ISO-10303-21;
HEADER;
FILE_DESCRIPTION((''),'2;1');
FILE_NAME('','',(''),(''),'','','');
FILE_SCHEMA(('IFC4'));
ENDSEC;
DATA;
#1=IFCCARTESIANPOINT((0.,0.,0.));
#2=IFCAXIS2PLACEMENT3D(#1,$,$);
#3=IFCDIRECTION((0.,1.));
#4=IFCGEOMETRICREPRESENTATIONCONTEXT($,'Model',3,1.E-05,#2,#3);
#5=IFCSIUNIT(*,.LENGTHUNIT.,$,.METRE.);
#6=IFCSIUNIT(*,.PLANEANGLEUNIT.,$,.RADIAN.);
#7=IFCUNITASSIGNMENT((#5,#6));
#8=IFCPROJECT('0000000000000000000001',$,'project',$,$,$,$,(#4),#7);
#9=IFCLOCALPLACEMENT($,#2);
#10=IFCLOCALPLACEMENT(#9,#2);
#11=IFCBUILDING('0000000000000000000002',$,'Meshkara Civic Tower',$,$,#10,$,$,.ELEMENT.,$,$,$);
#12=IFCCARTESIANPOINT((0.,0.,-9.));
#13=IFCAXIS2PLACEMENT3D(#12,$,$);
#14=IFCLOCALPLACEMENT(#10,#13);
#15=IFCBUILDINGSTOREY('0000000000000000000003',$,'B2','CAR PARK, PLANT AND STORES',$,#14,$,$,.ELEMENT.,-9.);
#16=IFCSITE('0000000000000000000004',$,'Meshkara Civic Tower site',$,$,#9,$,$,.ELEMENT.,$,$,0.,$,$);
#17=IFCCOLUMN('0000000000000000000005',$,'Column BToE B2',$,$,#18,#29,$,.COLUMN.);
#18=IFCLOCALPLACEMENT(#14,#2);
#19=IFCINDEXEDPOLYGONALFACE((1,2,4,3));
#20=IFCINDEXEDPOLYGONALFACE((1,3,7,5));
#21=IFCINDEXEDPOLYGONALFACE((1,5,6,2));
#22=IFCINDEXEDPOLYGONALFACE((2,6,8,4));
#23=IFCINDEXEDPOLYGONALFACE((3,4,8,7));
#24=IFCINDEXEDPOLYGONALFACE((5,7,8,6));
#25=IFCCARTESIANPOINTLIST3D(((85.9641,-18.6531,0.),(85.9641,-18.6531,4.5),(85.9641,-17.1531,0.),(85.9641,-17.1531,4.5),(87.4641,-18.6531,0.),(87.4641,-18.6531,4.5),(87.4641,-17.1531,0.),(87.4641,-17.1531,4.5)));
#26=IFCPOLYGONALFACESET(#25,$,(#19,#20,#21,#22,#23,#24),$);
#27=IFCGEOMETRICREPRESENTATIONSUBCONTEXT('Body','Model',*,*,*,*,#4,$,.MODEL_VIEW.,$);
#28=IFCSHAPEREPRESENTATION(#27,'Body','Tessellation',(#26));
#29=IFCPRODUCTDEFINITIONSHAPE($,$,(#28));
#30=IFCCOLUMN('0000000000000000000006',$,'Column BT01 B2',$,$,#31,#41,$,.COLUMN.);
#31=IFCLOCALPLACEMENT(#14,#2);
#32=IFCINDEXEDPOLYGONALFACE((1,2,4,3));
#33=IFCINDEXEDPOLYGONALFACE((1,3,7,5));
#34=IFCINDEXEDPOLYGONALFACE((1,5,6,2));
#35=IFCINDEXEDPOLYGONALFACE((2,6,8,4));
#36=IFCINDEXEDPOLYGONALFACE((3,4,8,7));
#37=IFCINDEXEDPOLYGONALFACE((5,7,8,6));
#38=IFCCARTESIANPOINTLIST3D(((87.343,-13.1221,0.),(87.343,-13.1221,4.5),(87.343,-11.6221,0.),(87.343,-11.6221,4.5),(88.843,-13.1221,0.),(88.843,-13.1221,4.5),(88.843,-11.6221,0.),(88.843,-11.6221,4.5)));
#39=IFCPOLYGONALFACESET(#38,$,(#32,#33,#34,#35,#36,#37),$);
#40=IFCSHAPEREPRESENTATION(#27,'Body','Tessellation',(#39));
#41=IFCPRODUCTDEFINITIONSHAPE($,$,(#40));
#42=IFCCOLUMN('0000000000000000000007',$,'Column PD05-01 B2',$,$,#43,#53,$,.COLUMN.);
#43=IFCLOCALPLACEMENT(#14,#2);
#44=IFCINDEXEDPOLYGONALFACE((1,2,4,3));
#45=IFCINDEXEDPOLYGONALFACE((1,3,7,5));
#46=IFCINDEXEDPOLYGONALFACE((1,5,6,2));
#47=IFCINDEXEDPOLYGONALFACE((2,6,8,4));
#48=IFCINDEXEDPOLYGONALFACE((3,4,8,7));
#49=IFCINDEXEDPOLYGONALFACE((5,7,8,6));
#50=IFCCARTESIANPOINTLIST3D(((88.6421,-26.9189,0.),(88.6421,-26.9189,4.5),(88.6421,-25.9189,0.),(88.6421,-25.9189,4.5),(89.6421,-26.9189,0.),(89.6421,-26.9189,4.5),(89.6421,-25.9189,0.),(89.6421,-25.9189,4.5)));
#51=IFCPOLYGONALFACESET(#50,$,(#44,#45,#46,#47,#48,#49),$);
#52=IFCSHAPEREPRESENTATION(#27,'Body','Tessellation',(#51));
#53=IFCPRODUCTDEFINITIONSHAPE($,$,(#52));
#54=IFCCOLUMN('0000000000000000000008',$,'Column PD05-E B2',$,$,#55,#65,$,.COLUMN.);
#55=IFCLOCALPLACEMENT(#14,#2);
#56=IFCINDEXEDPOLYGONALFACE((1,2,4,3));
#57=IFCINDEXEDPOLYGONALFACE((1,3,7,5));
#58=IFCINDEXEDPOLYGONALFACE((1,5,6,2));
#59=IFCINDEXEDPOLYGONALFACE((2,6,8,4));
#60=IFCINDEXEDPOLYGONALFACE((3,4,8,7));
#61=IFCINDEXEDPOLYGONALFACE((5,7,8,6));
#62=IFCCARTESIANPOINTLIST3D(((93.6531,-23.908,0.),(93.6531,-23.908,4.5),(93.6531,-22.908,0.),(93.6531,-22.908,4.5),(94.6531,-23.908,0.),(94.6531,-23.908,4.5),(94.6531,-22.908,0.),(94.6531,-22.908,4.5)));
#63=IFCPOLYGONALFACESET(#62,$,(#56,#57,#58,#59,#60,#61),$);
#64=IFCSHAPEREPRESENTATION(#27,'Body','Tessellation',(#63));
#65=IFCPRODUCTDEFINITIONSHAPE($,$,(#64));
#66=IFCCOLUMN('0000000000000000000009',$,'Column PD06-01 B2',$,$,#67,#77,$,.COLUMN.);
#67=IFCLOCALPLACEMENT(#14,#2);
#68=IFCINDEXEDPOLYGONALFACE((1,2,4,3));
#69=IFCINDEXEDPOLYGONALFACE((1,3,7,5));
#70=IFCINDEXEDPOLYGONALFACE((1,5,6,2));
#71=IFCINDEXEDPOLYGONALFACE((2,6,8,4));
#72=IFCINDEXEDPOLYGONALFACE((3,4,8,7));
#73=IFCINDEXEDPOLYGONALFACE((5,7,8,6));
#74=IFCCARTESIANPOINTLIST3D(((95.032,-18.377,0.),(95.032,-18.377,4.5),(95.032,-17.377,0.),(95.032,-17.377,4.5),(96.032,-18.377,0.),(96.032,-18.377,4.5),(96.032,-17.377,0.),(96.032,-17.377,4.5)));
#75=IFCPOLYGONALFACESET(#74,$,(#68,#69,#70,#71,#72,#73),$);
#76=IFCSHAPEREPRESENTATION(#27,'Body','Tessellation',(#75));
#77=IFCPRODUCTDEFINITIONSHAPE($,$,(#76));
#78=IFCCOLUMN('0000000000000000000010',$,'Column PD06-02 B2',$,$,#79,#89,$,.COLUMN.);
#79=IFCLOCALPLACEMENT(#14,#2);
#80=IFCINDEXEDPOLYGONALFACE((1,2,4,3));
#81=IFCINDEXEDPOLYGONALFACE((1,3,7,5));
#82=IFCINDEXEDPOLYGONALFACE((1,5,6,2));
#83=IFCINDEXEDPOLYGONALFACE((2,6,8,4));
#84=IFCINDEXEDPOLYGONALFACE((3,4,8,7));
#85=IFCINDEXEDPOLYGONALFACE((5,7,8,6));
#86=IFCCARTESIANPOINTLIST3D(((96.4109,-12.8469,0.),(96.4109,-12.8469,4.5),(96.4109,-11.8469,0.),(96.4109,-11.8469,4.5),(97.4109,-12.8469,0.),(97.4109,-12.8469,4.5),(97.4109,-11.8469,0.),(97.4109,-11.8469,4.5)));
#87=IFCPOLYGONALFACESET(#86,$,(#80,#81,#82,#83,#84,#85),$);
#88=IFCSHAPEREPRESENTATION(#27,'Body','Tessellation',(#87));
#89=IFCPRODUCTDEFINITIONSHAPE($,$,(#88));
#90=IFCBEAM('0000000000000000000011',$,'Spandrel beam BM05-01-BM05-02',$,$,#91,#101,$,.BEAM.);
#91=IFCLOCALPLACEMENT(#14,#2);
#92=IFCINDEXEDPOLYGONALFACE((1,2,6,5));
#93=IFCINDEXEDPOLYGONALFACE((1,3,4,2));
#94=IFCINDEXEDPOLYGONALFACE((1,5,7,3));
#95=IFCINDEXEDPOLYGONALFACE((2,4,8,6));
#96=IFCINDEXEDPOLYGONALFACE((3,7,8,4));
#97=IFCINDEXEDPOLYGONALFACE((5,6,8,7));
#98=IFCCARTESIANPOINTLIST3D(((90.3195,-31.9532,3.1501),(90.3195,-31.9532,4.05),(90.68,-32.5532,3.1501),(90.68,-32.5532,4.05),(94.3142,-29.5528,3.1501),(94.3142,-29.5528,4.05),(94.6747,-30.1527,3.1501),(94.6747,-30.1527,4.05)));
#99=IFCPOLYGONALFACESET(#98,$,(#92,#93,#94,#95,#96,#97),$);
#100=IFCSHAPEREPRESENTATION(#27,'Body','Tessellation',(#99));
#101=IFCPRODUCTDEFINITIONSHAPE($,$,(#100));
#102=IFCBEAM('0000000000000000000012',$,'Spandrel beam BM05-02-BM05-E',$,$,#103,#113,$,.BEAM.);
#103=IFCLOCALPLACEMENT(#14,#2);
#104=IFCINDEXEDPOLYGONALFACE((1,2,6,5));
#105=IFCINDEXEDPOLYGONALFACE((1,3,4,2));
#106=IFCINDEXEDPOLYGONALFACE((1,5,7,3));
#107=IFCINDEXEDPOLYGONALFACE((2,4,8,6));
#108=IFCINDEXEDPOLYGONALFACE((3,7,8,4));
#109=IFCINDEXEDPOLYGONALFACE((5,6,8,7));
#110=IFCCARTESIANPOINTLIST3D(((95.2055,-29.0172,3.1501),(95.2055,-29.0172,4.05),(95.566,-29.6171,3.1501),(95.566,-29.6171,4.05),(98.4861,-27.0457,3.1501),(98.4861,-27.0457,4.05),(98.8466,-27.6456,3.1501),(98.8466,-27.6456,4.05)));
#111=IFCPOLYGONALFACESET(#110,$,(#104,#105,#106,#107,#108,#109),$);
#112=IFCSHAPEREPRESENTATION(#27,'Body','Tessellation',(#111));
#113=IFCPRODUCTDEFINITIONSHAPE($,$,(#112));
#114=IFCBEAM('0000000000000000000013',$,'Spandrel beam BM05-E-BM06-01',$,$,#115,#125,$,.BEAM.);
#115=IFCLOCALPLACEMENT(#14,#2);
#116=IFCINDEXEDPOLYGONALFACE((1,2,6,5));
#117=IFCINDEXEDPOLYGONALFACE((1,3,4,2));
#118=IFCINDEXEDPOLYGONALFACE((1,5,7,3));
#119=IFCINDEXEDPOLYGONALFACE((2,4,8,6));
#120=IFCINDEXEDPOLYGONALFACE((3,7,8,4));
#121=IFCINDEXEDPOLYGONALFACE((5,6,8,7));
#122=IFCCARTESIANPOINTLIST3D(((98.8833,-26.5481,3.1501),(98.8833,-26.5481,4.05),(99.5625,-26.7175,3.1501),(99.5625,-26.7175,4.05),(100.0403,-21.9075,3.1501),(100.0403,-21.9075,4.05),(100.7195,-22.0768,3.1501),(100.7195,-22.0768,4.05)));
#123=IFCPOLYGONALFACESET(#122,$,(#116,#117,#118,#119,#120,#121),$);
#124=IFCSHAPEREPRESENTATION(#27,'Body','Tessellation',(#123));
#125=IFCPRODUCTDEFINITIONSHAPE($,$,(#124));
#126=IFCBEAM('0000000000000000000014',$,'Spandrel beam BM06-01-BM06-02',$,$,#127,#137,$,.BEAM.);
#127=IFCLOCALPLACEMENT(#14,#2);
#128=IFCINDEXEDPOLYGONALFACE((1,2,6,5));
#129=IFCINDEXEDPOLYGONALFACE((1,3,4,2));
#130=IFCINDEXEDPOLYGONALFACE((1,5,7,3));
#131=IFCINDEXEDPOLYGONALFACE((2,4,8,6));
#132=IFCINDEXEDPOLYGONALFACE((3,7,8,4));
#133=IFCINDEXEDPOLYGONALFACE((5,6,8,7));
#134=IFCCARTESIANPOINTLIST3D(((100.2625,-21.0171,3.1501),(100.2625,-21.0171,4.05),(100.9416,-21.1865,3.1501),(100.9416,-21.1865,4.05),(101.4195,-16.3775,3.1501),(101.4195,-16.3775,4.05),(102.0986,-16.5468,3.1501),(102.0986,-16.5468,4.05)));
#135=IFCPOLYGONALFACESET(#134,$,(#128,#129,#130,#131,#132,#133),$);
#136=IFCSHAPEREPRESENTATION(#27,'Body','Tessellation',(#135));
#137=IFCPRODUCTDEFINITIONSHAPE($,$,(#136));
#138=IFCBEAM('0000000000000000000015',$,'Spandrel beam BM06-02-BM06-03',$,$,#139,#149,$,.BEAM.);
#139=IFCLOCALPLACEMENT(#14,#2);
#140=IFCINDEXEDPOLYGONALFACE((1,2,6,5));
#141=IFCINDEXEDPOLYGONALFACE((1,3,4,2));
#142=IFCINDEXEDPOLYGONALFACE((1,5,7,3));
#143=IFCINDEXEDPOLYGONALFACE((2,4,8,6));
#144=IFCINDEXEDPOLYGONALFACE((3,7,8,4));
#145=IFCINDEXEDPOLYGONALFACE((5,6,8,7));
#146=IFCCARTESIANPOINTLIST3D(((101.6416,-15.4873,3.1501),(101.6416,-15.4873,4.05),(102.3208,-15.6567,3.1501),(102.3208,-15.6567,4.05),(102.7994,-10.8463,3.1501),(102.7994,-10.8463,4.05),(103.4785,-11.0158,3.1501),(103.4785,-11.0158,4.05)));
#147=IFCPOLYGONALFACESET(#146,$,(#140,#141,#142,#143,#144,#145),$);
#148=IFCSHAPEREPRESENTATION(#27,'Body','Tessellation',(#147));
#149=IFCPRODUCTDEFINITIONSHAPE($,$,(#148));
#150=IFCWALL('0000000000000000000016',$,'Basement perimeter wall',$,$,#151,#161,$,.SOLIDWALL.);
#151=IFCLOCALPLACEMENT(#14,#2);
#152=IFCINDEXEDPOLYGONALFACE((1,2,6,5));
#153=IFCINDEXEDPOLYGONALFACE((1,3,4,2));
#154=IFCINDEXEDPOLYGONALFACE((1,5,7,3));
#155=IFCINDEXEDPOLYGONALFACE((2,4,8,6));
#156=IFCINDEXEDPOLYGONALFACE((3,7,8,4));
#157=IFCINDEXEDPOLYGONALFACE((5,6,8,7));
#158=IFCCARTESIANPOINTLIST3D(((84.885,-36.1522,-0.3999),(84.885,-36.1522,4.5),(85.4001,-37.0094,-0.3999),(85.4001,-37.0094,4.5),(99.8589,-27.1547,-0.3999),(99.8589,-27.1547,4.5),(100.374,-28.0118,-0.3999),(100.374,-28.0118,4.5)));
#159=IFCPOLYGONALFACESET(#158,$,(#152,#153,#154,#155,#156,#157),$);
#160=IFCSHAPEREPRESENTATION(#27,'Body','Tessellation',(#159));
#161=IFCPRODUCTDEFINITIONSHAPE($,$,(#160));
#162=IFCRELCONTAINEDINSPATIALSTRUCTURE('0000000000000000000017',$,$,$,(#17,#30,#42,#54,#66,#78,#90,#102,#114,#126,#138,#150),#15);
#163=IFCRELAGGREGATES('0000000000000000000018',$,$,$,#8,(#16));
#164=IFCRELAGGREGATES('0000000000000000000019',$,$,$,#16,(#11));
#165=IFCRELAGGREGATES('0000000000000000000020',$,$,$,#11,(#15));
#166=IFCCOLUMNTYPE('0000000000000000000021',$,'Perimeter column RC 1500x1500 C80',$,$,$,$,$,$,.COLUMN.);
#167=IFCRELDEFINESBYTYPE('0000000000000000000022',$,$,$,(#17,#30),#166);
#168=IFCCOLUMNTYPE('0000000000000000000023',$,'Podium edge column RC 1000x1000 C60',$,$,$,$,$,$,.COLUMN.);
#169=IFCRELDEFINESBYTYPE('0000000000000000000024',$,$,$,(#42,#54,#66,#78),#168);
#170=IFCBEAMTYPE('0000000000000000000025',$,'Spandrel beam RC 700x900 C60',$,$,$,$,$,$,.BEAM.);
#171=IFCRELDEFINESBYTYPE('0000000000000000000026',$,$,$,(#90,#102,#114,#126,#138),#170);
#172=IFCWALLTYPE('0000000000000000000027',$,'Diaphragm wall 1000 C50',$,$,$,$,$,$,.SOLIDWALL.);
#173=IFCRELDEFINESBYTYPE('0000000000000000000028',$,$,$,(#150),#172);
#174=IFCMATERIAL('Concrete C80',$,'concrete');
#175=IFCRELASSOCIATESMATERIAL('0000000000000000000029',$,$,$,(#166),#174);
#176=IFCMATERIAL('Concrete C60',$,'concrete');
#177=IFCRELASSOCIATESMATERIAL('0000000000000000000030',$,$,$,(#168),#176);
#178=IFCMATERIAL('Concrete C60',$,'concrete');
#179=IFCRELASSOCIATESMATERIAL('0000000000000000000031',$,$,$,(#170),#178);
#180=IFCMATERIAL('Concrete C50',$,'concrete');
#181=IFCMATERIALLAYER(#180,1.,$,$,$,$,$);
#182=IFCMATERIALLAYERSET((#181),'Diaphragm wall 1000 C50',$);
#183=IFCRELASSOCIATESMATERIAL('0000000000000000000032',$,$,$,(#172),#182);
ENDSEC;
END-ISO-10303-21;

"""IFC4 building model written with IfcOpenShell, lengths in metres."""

from ifc_helpers import new_model, si_unit, direction, frame, frame_2d, origin, origin_2d, place, context, subcontext, project, spatial, rectangle, extrude, material, layer, layer_set, material_profile, profile_set, type_object, element, save


model = new_model("IFC4")

# Units and contexts
model_context = context("Model", 3, precision=1e-05, world=origin(), true_north=direction((0.0, 1.0)))
body_context = subcontext(model_context, "Body", "Model", "MODEL_VIEW")
ifc_project = project(units=[si_unit("LENGTHUNIT", "METRE"), si_unit("PLANEANGLEUNIT", "RADIAN")], contexts=[model_context])

# Site, building, storey
site_placement = place(None, origin())
site = spatial("IfcSite", under=ifc_project, at=site_placement, Name="Meshkara Civic Tower site", CompositionType="ELEMENT", RefElevation=0.0)
building_placement = place(site_placement, origin())
building = spatial("IfcBuilding", under=site, at=building_placement, Name="Meshkara Civic Tower", CompositionType="ELEMENT")
storey_placement = place(building_placement, frame((0.0, 0.0, -9.0)))
storey = spatial("IfcBuildingStorey", under=building, at=storey_placement, Name="B2", Description="CAR PARK, PLANT AND STORES", CompositionType="ELEMENT", Elevation=-9.0)

# Columns
ifc_material_1 = material(Name="Concrete C80", Category="concrete")
ifc_material_profile_1 = material_profile(ifc_material_1, rectangle(XDim=1.5, YDim=1.5, at=origin_2d()))
ifc_profile_set_1 = profile_set([ifc_material_profile_1], Name="Concrete C80")
column_type_1 = type_object("IfcColumnType", Name="Perimeter column RC 1500x1500 C80", PredefinedType="COLUMN", material=ifc_profile_set_1)
for number, where, z_axis, x_axis, name in (
    (1, (86.7141, -17.9031, 0.0), (0.0, 0.0, 1.0), (1.0, 0.0, 0.0), "Column BToE B2"),
    (2, (88.093, -12.3721, 0.0), (0.0, 0.0, 1.0), (1.0, 0.0, 0.0), "Column BT01 B2"),
):
    element("IfcColumn", number, at=place(storey_placement, frame(where, z_axis=z_axis, x_axis=x_axis)), inside=storey, type_object=column_type_1, Name=name, PredefinedType="COLUMN", context=body_context, shape_type="SweptSolid", body=[
        extrude(rectangle(XDim=1.5, YDim=1.5, at=origin_2d()), origin(), (0.0, 0.0, 1.0), 4.5),
    ])
ifc_material_2 = material(Name="Concrete C60", Category="concrete")
ifc_material_profile_2 = material_profile(ifc_material_2, rectangle(XDim=1.0, YDim=1.0, at=origin_2d()))
ifc_profile_set_2 = profile_set([ifc_material_profile_2], Name="Concrete C60")
column_type_2 = type_object("IfcColumnType", Name="Podium edge column RC 1000x1000 C60", PredefinedType="COLUMN", material=ifc_profile_set_2)
for number, where, z_axis, x_axis, name in (
    (3, (89.1421, -26.4189, 0.0), (0.0, 0.0, 1.0), (1.0, 0.0, 0.0), "Column PD05-01 B2"),
    (4, (94.1531, -23.408, 0.0), (0.0, 0.0, 1.0), (1.0, 0.0, 0.0), "Column PD05-E B2"),
    (5, (95.532, -17.877, 0.0), (0.0, 0.0, 1.0), (1.0, 0.0, 0.0), "Column PD06-01 B2"),
    (6, (96.9109, -12.3469, 0.0), (0.0, 0.0, 1.0), (1.0, 0.0, 0.0), "Column PD06-02 B2"),
):
    element("IfcColumn", number, at=place(storey_placement, frame(where, z_axis=z_axis, x_axis=x_axis)), inside=storey, type_object=column_type_2, Name=name, PredefinedType="COLUMN", context=body_context, shape_type="SweptSolid", body=[
        extrude(rectangle(XDim=1.0, YDim=1.0, at=origin_2d()), origin(), (0.0, 0.0, 1.0), 4.5),
    ])

# Beams
ifc_material_3 = material(Name="Concrete C60", Category="concrete")
ifc_material_profile_3 = material_profile(ifc_material_3, rectangle(XDim=0.7, YDim=0.8999, at=origin_2d()))
ifc_profile_set_3 = profile_set([ifc_material_profile_3], Name="Concrete C60")
beam_type = type_object("IfcBeamType", Name="Spandrel beam RC 700x900 C60", PredefinedType="BEAM", material=ifc_profile_set_3)
beam_1_placement = place(storey_placement, frame((90.4998, -32.2532, 3.6001), z_axis=(0.857151, 0.515066, 0.0), x_axis=(-0.515066, 0.857151, 0.0)))
element("IfcBeam", 7, at=beam_1_placement, inside=storey, type_object=beam_type, Name="Spandrel beam BM05-01-BM05-02", PredefinedType="BEAM", context=body_context, shape_type="SweptSolid", body=[
    extrude(rectangle(XDim=0.7, YDim=0.8999, at=origin_2d()), origin(), (0.0, 0.0, 1.0), 4.6604),
])
beam_2_placement = place(storey_placement, frame((95.3857, -29.3171, 3.6001), z_axis=(0.857132, 0.515096, 0.0), x_axis=(-0.515096, 0.857132, 0.0)))
element("IfcBeam", 8, at=beam_2_placement, inside=storey, type_object=beam_type, Name="Spandrel beam BM05-02-BM05-E", PredefinedType="BEAM", context=body_context, shape_type="SweptSolid", body=[
    extrude(rectangle(XDim=0.7, YDim=0.8999, at=origin_2d()), origin(), (0.0, 0.0, 1.0), 3.8274),
])
beam_3_placement = place(storey_placement, frame((99.2229, -26.6328, 3.6001), z_axis=(0.241911, 0.970298, 0.0), x_axis=(-0.970298, 0.241911, 0.0)))
element("IfcBeam", 9, at=beam_3_placement, inside=storey, type_object=beam_type, Name="Spandrel beam BM05-E-BM06-01", PredefinedType="BEAM", context=body_context, shape_type="SweptSolid", body=[
    extrude(rectangle(XDim=0.7, YDim=0.8999, at=origin_2d()), origin(), (0.0, 0.0, 1.0), 4.7827),
])
beam_4_placement = place(storey_placement, frame((100.6021, -21.1018, 3.6001), z_axis=(0.241959, 0.970286, 0.0), x_axis=(-0.970286, 0.241959, 0.0)))
element("IfcBeam", 10, at=beam_4_placement, inside=storey, type_object=beam_type, Name="Spandrel beam BM06-01-BM06-02", PredefinedType="BEAM", context=body_context, shape_type="SweptSolid", body=[
    extrude(rectangle(XDim=0.7, YDim=0.8999, at=origin_2d()), origin(), (0.0, 0.0, 1.0), 4.7817),
])
beam_5_placement = place(storey_placement, frame((101.9812, -15.572, 3.6001), z_axis=(0.242043, 0.970265, 0.0), x_axis=(-0.970265, 0.242043, 0.0)))
element("IfcBeam", 11, at=beam_5_placement, inside=storey, type_object=beam_type, Name="Spandrel beam BM06-02-BM06-03", PredefinedType="BEAM", context=body_context, shape_type="SweptSolid", body=[
    extrude(rectangle(XDim=0.7, YDim=0.8999, at=origin_2d()), origin(), (0.0, 0.0, 1.0), 4.7832),
])

# Wall
ifc_material_4 = material(Name="Concrete C50", Category="concrete")
ifc_layer = layer(ifc_material_4, 1.0)
ifc_layer_set = layer_set([ifc_layer], Name="Diaphragm wall 1000 C50")
wall_type = type_object("IfcWallType", Name="Diaphragm wall 1000 C50", PredefinedType="SOLIDWALL", material=ifc_layer_set)
wall_placement = place(storey_placement, frame((100.1165, -27.5833, -0.3999), z_axis=(0.0, 0.0, 1.0), x_axis=(-0.857159, -0.515053, 0.0)))
element("IfcWall", 12, at=wall_placement, inside=storey, type_object=wall_type, Name="Basement perimeter wall", PredefinedType="SOLIDWALL", context=body_context, shape_type="SweptSolid", body=[
    extrude(rectangle(XDim=17.4692, YDim=1.0, at=frame_2d((8.7346, 0.0))), origin(), (0.0, 0.0, 1.0), 4.8999),
])

save(model, "model.ifc")
